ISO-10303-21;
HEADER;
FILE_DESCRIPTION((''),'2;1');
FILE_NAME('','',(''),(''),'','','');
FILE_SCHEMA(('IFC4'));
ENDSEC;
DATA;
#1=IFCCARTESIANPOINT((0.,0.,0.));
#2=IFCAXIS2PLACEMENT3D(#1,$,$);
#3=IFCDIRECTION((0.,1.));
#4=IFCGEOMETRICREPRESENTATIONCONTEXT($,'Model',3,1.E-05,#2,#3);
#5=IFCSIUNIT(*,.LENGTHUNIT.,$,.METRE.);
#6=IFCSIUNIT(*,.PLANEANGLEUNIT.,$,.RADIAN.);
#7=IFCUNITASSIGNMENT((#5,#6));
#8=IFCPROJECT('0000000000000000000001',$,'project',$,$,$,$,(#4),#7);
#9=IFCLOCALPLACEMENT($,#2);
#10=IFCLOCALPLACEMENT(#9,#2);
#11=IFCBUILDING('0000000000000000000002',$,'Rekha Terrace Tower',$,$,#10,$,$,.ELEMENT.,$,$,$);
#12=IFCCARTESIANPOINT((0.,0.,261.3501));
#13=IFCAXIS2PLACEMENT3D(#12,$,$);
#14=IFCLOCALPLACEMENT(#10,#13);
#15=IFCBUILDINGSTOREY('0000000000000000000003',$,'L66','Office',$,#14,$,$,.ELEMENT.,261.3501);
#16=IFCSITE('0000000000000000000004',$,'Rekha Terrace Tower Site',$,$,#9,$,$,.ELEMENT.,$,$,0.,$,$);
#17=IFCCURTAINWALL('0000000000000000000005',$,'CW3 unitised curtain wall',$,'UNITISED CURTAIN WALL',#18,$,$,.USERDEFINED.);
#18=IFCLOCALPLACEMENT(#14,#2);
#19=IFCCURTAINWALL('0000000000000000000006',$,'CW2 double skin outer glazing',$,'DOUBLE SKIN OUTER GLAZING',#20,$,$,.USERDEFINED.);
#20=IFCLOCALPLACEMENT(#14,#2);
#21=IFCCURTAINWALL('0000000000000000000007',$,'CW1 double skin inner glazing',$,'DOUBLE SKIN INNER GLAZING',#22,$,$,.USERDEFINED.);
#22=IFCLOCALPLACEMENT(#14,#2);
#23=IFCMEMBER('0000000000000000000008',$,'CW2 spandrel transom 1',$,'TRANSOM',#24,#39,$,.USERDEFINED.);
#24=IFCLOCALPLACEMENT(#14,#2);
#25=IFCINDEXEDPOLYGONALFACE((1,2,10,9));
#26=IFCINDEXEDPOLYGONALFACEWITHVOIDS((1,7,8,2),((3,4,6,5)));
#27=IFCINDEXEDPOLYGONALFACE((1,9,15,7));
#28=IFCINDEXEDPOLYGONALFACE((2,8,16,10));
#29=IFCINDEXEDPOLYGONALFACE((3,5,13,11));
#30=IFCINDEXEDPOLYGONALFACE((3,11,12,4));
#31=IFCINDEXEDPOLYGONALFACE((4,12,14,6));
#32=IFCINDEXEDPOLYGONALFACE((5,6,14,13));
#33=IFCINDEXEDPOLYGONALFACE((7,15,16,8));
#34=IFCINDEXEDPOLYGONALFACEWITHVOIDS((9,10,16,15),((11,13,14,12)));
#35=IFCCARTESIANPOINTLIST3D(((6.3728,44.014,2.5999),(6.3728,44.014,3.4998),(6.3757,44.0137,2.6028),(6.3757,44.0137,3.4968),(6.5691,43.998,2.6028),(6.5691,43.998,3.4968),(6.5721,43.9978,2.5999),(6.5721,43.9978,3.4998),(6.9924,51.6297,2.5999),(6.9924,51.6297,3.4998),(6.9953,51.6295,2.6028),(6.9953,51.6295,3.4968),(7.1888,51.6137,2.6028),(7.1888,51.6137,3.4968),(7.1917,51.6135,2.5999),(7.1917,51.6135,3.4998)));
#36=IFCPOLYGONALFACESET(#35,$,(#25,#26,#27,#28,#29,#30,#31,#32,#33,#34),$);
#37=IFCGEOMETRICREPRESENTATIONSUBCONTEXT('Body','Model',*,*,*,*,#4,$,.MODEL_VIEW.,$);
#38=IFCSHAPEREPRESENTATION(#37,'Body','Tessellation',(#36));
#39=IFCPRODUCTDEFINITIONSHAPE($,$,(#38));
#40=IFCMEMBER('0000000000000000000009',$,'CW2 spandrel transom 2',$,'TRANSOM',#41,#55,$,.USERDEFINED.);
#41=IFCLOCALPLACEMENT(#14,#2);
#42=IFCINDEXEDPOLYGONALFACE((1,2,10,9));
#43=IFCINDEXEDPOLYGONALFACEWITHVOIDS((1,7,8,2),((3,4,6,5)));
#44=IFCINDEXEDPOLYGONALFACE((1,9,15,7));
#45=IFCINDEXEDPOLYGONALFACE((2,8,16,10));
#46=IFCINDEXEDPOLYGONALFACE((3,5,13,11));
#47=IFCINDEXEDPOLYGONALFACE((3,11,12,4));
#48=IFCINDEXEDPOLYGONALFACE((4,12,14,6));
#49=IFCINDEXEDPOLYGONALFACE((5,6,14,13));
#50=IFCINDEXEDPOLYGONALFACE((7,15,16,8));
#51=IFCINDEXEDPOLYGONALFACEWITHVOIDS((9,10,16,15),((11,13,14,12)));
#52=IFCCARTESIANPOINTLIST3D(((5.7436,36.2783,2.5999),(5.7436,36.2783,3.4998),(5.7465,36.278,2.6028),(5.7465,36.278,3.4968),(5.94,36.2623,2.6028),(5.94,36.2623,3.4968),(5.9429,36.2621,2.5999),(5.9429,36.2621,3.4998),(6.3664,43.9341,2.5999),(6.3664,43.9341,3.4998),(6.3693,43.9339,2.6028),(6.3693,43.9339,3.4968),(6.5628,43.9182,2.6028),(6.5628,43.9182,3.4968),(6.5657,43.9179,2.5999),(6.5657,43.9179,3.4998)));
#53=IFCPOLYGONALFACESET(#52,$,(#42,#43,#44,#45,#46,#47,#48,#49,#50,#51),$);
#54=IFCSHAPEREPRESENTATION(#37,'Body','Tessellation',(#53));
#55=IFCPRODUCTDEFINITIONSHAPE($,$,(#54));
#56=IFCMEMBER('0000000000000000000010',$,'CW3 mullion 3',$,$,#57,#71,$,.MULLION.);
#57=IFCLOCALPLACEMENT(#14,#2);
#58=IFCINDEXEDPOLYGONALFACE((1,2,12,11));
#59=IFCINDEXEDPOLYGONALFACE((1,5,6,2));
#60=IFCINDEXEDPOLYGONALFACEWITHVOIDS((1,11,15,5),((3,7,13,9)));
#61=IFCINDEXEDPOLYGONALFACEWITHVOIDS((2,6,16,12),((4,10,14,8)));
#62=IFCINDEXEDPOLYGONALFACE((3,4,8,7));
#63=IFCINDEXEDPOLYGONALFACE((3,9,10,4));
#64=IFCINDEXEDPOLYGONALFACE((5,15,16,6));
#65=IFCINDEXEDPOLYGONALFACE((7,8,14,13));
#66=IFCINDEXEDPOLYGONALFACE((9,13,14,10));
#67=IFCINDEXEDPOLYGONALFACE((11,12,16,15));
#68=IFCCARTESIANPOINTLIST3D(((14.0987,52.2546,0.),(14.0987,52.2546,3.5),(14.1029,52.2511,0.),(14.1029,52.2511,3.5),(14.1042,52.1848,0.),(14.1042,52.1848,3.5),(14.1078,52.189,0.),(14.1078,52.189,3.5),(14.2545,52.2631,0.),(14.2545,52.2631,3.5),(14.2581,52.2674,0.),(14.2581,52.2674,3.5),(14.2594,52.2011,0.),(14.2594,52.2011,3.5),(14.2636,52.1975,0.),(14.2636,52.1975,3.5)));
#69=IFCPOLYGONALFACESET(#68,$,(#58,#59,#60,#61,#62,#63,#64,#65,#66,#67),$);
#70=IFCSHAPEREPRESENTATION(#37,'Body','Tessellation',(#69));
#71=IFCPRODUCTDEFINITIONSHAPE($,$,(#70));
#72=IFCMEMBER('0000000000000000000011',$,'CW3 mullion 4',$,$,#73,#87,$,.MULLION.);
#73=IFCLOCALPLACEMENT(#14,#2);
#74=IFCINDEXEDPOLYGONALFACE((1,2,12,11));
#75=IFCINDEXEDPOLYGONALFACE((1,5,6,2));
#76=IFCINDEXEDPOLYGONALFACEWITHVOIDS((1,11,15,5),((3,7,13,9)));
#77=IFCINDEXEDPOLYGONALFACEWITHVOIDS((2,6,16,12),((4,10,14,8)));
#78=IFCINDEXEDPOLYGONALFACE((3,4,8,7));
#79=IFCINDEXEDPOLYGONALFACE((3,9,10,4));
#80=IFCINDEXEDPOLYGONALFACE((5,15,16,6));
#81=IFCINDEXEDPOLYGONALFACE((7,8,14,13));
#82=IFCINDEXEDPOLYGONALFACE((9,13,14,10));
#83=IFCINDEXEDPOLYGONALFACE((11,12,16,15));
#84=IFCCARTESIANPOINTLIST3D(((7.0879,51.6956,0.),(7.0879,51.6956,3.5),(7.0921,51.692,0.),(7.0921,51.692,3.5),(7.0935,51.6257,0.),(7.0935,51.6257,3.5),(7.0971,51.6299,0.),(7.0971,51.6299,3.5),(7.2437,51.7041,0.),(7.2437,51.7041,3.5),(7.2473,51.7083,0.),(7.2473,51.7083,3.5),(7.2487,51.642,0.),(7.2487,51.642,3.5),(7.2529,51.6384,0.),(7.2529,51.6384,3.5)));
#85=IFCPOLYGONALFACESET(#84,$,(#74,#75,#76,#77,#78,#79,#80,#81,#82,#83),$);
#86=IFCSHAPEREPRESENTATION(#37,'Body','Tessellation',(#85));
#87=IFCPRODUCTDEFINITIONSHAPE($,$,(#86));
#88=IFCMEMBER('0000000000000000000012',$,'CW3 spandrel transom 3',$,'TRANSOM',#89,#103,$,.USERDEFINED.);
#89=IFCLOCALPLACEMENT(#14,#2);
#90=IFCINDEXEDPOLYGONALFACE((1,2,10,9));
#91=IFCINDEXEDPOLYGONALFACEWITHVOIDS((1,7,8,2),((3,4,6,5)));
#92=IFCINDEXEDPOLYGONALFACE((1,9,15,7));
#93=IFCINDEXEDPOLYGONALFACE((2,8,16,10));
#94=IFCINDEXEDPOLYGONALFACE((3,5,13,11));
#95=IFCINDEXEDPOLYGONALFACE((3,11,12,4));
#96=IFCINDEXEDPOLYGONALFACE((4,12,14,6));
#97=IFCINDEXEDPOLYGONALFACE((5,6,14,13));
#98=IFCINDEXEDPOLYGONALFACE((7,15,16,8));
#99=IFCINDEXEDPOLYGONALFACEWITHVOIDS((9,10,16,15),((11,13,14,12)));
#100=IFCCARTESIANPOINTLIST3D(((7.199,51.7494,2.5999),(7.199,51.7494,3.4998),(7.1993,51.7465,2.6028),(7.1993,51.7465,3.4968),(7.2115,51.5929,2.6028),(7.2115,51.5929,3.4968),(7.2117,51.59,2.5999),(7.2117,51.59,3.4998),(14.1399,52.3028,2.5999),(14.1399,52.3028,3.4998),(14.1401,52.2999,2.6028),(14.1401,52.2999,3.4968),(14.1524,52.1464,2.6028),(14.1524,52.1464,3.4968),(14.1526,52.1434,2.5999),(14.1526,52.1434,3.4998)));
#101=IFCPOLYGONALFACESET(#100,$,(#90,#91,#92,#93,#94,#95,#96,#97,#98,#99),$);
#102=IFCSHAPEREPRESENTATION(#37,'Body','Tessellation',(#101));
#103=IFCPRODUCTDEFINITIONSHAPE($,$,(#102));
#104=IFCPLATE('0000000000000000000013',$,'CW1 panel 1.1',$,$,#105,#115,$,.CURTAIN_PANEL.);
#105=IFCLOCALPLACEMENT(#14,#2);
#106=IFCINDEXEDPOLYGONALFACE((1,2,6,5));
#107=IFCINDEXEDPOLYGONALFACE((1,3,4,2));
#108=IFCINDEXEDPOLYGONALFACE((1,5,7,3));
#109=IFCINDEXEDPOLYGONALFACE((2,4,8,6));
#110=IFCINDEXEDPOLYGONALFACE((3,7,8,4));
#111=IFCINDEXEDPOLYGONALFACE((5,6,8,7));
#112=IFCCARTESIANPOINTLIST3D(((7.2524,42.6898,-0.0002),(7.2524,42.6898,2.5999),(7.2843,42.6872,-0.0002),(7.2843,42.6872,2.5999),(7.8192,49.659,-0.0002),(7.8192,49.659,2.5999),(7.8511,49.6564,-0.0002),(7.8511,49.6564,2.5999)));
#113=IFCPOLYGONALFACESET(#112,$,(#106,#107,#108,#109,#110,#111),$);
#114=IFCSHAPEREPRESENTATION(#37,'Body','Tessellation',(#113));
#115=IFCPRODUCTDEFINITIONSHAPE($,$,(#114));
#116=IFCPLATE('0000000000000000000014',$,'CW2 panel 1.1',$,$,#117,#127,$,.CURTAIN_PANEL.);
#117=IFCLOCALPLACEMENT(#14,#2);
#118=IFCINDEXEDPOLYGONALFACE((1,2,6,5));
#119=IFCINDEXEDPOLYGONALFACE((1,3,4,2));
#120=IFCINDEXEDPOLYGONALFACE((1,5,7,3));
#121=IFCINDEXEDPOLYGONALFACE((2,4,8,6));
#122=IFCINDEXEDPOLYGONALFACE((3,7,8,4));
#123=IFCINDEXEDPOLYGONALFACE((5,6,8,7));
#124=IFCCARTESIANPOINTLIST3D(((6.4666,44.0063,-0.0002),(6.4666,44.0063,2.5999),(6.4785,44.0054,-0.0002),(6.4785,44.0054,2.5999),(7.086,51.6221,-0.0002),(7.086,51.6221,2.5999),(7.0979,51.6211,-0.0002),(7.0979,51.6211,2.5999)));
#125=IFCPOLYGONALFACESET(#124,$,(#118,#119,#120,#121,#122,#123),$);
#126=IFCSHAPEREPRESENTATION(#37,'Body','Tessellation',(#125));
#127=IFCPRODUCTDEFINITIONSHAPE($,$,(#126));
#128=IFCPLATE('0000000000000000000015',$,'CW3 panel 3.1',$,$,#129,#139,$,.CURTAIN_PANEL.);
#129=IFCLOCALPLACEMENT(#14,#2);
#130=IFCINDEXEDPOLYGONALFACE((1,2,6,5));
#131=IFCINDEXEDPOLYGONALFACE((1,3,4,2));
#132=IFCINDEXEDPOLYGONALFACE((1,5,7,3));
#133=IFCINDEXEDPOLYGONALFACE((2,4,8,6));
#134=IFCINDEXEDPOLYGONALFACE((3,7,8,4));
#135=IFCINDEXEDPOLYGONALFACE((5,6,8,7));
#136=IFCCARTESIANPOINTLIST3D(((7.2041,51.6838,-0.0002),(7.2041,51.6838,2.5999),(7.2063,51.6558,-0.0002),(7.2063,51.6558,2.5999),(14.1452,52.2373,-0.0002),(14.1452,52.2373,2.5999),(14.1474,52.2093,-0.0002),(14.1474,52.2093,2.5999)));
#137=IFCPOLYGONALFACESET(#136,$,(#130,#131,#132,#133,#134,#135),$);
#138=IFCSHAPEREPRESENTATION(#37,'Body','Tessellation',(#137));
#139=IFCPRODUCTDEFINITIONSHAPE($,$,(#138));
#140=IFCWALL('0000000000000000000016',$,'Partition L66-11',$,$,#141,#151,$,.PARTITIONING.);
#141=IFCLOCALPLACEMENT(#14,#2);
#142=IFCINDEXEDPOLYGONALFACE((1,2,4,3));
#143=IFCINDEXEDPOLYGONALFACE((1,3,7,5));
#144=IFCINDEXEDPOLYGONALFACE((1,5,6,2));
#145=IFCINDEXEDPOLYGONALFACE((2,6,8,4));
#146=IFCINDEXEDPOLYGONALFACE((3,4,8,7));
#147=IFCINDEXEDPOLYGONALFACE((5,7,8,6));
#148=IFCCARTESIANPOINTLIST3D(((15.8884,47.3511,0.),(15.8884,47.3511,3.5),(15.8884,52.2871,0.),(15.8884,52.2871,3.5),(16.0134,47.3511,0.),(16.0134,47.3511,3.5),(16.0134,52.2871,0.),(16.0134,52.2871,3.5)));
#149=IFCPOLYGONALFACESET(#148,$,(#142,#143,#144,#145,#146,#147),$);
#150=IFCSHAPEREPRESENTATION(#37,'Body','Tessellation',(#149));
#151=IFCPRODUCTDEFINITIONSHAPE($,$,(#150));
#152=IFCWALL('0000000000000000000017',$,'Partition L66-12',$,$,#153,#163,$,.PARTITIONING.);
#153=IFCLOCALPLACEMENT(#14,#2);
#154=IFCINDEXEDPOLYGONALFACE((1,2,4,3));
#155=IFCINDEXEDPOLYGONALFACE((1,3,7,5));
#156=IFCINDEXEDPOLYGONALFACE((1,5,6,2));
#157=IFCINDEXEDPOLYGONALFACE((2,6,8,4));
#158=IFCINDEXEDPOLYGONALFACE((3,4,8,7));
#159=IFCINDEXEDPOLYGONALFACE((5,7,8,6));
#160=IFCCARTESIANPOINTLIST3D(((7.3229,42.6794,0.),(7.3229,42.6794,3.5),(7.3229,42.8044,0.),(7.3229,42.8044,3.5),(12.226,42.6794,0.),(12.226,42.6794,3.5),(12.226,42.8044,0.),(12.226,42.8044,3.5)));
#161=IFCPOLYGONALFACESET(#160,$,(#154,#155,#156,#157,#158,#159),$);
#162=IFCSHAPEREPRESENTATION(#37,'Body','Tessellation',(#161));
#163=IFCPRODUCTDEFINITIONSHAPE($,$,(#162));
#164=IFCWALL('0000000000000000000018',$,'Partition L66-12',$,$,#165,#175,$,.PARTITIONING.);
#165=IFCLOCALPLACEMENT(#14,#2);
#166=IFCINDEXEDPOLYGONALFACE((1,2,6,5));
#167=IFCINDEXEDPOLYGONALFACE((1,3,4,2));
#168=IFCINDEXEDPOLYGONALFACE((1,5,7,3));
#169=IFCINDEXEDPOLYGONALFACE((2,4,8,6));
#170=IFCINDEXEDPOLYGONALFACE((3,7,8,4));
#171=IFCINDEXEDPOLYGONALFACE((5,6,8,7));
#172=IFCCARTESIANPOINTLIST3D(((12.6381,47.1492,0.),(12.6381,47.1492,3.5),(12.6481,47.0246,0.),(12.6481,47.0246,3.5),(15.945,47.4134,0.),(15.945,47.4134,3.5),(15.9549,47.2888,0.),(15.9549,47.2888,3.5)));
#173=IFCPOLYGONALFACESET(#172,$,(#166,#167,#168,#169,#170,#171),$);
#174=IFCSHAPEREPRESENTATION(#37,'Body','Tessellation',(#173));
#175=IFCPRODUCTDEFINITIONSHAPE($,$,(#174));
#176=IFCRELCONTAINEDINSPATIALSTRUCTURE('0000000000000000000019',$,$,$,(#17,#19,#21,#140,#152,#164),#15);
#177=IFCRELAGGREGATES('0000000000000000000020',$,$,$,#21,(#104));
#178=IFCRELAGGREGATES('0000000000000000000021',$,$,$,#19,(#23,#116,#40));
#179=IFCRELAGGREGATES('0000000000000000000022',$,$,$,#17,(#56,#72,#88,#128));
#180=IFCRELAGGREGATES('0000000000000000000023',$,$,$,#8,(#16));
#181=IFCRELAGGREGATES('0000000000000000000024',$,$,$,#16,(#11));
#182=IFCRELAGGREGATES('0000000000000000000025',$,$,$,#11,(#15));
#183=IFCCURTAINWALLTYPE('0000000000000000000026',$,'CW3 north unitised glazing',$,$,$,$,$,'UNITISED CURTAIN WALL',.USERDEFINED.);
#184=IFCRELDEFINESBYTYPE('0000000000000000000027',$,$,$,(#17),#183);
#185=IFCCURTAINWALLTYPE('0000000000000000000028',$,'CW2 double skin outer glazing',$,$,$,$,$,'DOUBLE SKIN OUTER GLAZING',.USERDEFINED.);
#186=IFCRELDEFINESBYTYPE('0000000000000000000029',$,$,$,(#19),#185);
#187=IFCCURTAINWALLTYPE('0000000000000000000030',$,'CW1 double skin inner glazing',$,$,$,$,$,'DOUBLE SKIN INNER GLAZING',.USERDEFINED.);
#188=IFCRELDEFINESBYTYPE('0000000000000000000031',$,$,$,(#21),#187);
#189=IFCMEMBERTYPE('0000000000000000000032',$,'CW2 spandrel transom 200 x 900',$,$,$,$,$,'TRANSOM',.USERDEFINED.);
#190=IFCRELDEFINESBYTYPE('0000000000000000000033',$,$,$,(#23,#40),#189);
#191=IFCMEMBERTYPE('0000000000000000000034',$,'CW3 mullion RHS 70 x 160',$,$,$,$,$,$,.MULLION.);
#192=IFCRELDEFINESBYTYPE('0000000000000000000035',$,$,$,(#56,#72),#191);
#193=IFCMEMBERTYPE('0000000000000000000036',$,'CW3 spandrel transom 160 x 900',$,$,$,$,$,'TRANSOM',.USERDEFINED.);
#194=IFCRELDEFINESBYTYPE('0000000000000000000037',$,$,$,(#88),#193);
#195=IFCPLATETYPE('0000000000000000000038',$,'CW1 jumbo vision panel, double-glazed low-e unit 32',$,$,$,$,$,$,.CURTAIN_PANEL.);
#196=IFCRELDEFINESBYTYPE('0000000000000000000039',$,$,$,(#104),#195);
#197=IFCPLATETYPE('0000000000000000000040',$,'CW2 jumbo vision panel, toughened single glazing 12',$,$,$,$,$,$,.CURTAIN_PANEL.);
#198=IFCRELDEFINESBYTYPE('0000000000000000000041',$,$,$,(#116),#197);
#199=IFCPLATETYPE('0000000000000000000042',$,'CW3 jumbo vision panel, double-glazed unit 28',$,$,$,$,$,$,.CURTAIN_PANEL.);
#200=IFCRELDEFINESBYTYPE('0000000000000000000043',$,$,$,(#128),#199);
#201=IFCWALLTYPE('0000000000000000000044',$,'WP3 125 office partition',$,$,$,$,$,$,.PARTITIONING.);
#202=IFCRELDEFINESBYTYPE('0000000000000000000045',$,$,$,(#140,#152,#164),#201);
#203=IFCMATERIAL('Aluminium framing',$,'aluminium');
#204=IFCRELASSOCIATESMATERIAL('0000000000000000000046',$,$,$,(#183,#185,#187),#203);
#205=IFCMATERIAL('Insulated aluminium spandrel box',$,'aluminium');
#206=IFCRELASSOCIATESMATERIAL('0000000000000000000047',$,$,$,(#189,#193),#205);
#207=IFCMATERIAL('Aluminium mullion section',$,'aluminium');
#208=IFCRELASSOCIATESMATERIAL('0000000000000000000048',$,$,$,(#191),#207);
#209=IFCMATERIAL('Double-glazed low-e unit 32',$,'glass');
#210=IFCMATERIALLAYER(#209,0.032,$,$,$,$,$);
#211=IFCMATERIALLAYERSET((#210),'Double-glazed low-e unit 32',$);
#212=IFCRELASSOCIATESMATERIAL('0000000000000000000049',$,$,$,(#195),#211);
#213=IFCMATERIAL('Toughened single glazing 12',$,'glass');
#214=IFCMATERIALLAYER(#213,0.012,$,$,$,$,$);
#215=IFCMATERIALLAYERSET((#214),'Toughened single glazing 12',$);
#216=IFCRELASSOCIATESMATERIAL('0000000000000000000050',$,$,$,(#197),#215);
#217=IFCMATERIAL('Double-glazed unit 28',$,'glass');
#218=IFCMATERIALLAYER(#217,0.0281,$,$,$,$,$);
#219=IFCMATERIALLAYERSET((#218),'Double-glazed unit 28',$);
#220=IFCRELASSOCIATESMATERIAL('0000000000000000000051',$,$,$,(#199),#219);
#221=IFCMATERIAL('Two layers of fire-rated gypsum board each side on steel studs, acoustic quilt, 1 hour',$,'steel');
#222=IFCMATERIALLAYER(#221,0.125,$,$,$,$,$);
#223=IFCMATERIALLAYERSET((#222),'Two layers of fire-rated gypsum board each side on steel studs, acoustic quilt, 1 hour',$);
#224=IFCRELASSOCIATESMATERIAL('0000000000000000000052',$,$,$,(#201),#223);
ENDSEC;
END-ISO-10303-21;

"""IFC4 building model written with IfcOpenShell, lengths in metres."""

from ifc_helpers import new_model, si_unit, direction, frame, frame_2d, origin, origin_2d, place, context, subcontext, project, spatial, rectangle, hollow_rectangle, extrude, material, layer, layer_set, material_profile, profile_set, type_object, element, aggregate, save


model = new_model("IFC4")

# Units and contexts
model_context = context("Model", 3, precision=1e-05, world=origin(), true_north=direction((0.0, 1.0)))
body_context = subcontext(model_context, "Body", "Model", "MODEL_VIEW")
ifc_project = project(units=[si_unit("LENGTHUNIT", "METRE"), si_unit("PLANEANGLEUNIT", "RADIAN")], contexts=[model_context])

# Site, building, storey
site_placement = place(None, origin())
site = spatial("IfcSite", under=ifc_project, at=site_placement, Name="Rekha Terrace Tower Site", CompositionType="ELEMENT", RefElevation=0.0)
building_placement = place(site_placement, origin())
building = spatial("IfcBuilding", under=site, at=building_placement, Name="Rekha Terrace Tower", CompositionType="ELEMENT")
storey_placement = place(building_placement, frame((0.0, 0.0, 261.3501)))
storey = spatial("IfcBuildingStorey", under=building, at=storey_placement, Name="L66", Description="Office", CompositionType="ELEMENT", Elevation=261.3501)

# Curtain walls
ifc_material_1 = material(Name="Aluminium framing", Category="aluminium")
curtain_wall_type_1 = type_object("IfcCurtainWallType", Name="CW3 north unitised glazing", ElementType="UNITISED CURTAIN WALL", PredefinedType="USERDEFINED", material=ifc_material_1)
curtain_wall_1_placement = place(storey_placement, origin())
curtain_wall_1 = element("IfcCurtainWall", 1, at=curtain_wall_1_placement, inside=storey, type_object=curtain_wall_type_1, Name="CW3 unitised curtain wall", ObjectType="UNITISED CURTAIN WALL", PredefinedType="USERDEFINED")
curtain_wall_type_2 = type_object("IfcCurtainWallType", Name="CW2 double skin outer glazing", ElementType="DOUBLE SKIN OUTER GLAZING", PredefinedType="USERDEFINED", material=ifc_material_1)
curtain_wall_2_placement = place(storey_placement, origin())
curtain_wall_2 = element("IfcCurtainWall", 2, at=curtain_wall_2_placement, inside=storey, type_object=curtain_wall_type_2, Name="CW2 double skin outer glazing", ObjectType="DOUBLE SKIN OUTER GLAZING", PredefinedType="USERDEFINED")

# Curtain wall
curtain_wall_type_3 = type_object("IfcCurtainWallType", Name="CW1 double skin inner glazing", ElementType="DOUBLE SKIN INNER GLAZING", PredefinedType="USERDEFINED", material=ifc_material_1)
curtain_wall_3_placement = place(storey_placement, origin())
curtain_wall_3 = element("IfcCurtainWall", 3, at=curtain_wall_3_placement, inside=storey, type_object=curtain_wall_type_3, Name="CW1 double skin inner glazing", ObjectType="DOUBLE SKIN INNER GLAZING", PredefinedType="USERDEFINED")
ifc_material_2 = material(Name="Aluminium mullion section", Category="aluminium")
ifc_material_3 = material(Name="Insulated aluminium spandrel box", Category="aluminium")

# Members
ifc_material_profile_1 = material_profile(ifc_material_3, hollow_rectangle(XDim=0.2, YDim=0.8999, WallThickness=0.0029, at=origin_2d()), Name="AL SPANDREL BOX 200x900")
ifc_profile_set_1 = profile_set([ifc_material_profile_1], Name="Insulated aluminium spandrel box")
member_type_1 = type_object("IfcMemberType", Name="CW2 spandrel transom 200 x 900", ElementType="TRANSOM", PredefinedType="USERDEFINED", material=ifc_profile_set_1)
member_1_placement = place(storey_placement, frame((7.092, 51.6216, 3.0498), z_axis=(-0.081094, -0.996706, 0.0), x_axis=(0.996706, -0.081094, 0.0)))
member_1 = element("IfcMember", 4, at=member_1_placement, type_object=member_type_1, Name="CW2 spandrel transom 1", ObjectType="TRANSOM", PredefinedType="USERDEFINED", context=body_context, shape_type="SweptSolid", body=[
    extrude(hollow_rectangle(XDim=0.2, YDim=0.8999, WallThickness=0.0029, at=origin_2d()), origin(), (0.0, 0.0, 1.0), 7.6409),
])
member_2_placement = place(storey_placement, frame((6.4661, 43.926, 3.0498), z_axis=(-0.081083, -0.996707, 0.0), x_axis=(0.996707, -0.081083, 0.0)))
member_2 = element("IfcMember", 5, at=member_2_placement, type_object=member_type_1, Name="CW2 spandrel transom 2", ObjectType="TRANSOM", PredefinedType="USERDEFINED", context=body_context, shape_type="SweptSolid", body=[
    extrude(hollow_rectangle(XDim=0.2, YDim=0.8999, WallThickness=0.0029, at=origin_2d()), origin(), (0.0, 0.0, 1.0), 7.6812),
])
ifc_material_profile_2 = material_profile(ifc_material_2, hollow_rectangle(XDim=0.0701, YDim=0.1599, WallThickness=0.0039, at=origin_2d()), Name="AL RHS 70x160")
ifc_profile_set_2 = profile_set([ifc_material_profile_2], Name="Aluminium mullion section")
member_type_2 = type_object("IfcMemberType", Name="CW3 mullion RHS 70 x 160", PredefinedType="MULLION", material=ifc_profile_set_2)
member_3_placement = place(storey_placement, frame((14.1812, 52.2261, 0.0), z_axis=(0.0, 0.0, 1.0), x_axis=(0.079485, -0.996836, 0.0)))
member_3 = element("IfcMember", 6, at=member_3_placement, type_object=member_type_2, Name="CW3 mullion 3", PredefinedType="MULLION", context=body_context, shape_type="SweptSolid", body=[
    extrude(hollow_rectangle(XDim=0.0701, YDim=0.1599, WallThickness=0.0039, at=origin_2d()), origin(), (0.0, 0.0, 1.0), 3.5),
])
member_4_placement = place(storey_placement, frame((7.1704, 51.667, 0.0), z_axis=(0.0, 0.0, 1.0), x_axis=(0.079485, -0.996836, 0.0)))
member_4 = element("IfcMember", 7, at=member_4_placement, type_object=member_type_2, Name="CW3 mullion 4", PredefinedType="MULLION", context=body_context, shape_type="SweptSolid", body=[
    extrude(hollow_rectangle(XDim=0.0701, YDim=0.1599, WallThickness=0.0039, at=origin_2d()), origin(), (0.0, 0.0, 1.0), 3.5),
])
ifc_material_profile_3 = material_profile(ifc_material_3, hollow_rectangle(XDim=0.1599, YDim=0.8999, WallThickness=0.0029, at=origin_2d()), Name="AL SPANDREL BOX 160x900")
ifc_profile_set_3 = profile_set([ifc_material_profile_3], Name="Insulated aluminium spandrel box")
member_type_3 = type_object("IfcMemberType", Name="CW3 spandrel transom 160 x 900", ElementType="TRANSOM", PredefinedType="USERDEFINED", material=ifc_profile_set_3)
member_5_placement = place(storey_placement, frame((14.1462, 52.2231, 3.0498), z_axis=(-0.996836, -0.079487, 0.0), x_axis=(0.079487, -0.996836, 0.0)))
member_5 = element("IfcMember", 8, at=member_5_placement, type_object=member_type_3, Name="CW3 spandrel transom 3", ObjectType="TRANSOM", PredefinedType="USERDEFINED", context=body_context, shape_type="SweptSolid", body=[
    extrude(hollow_rectangle(XDim=0.1599, YDim=0.8999, WallThickness=0.0029, at=origin_2d()), origin(), (0.0, 0.0, 1.0), 6.9629),
])

# Plates
ifc_material_4 = material(Name="Double-glazed low-e unit 32", Category="glass")
ifc_layer_1 = layer(ifc_material_4, 0.032)
ifc_layer_set_1 = layer_set([ifc_layer_1], Name="Double-glazed low-e unit 32")
plate_type_1 = type_object("IfcPlateType", Name="CW1 jumbo vision panel, double-glazed low-e unit 32", PredefinedType="CURTAIN_PANEL", material=ifc_layer_set_1)
plate_1_placement = place(storey_placement, frame((7.5518, 46.1731, -0.0002), z_axis=(0.0, 0.0, 1.0), x_axis=(-0.081068, -0.996709, 0.0)))
plate_1 = element("IfcPlate", 9, at=plate_1_placement, type_object=plate_type_1, Name="CW1 panel 1.1", PredefinedType="CURTAIN_PANEL", context=body_context, shape_type="SweptSolid", body=[
    extrude(rectangle(XDim=6.9922, YDim=0.032, at=origin_2d()), origin(), (0.0, 0.0, 1.0), 2.6001),
])
aggregate(curtain_wall_3, [plate_1])
ifc_material_5 = material(Name="Toughened single glazing 12", Category="glass")
ifc_layer_2 = layer(ifc_material_5, 0.012)
ifc_layer_set_2 = layer_set([ifc_layer_2], Name="Toughened single glazing 12")
plate_type_2 = type_object("IfcPlateType", Name="CW2 jumbo vision panel, toughened single glazing 12", PredefinedType="CURTAIN_PANEL", material=ifc_layer_set_2)
plate_2_placement = place(storey_placement, frame((6.7822, 47.8137, -0.0002), z_axis=(0.0, 0.0, 1.0), x_axis=(-0.081068, -0.996709, 0.0)))
plate_2 = element("IfcPlate", 10, at=plate_2_placement, type_object=plate_type_2, Name="CW2 panel 1.1", PredefinedType="CURTAIN_PANEL", context=body_context, shape_type="SweptSolid", body=[
    extrude(rectangle(XDim=7.6409, YDim=0.012, at=origin_2d()), origin(), (0.0, 0.0, 1.0), 2.6001),
])
aggregate(curtain_wall_2, [member_1, plate_2, member_2])
ifc_material_6 = material(Name="Double-glazed unit 28", Category="glass")
ifc_layer_3 = layer(ifc_material_6, 0.0281)
ifc_layer_set_3 = layer_set([ifc_layer_3], Name="Double-glazed unit 28")
plate_type_3 = type_object("IfcPlateType", Name="CW3 jumbo vision panel, double-glazed unit 28", PredefinedType="CURTAIN_PANEL", material=ifc_layer_set_3)
plate_3_placement = place(storey_placement, frame((10.6758, 51.9465, -0.0002), z_axis=(0.0, 0.0, 1.0), x_axis=(-0.996836, -0.079485, 0.0)))
plate_3 = element("IfcPlate", 11, at=plate_3_placement, type_object=plate_type_3, Name="CW3 panel 3.1", PredefinedType="CURTAIN_PANEL", context=body_context, shape_type="SweptSolid", body=[
    extrude(rectangle(XDim=6.9631, YDim=0.0281, at=origin_2d()), origin(), (0.0, 0.0, 1.0), 2.6001),
])
aggregate(curtain_wall_1, [member_3, member_4, member_5, plate_3])

# Walls
ifc_material_7 = material(Name="Two layers of fire-rated gypsum board each side on steel studs, acoustic quilt, 1 hour", Category="steel")
ifc_layer_4 = layer(ifc_material_7, 0.125)
ifc_layer_set_4 = layer_set([ifc_layer_4], Name="Two layers of fire-rated gypsum board each side on steel studs, acoustic quilt, 1 hour")
wall_type = type_object("IfcWallType", Name="WP3 125 office partition", PredefinedType="PARTITIONING", material=ifc_layer_set_4)
wall_1_placement = place(storey_placement, frame((15.9509, 47.3511, 0.0), z_axis=(0.0, 0.0, 1.0), x_axis=(0.0, 1.0, 0.0)))
element("IfcWall", 12, at=wall_1_placement, inside=storey, type_object=wall_type, Name="Partition L66-11", PredefinedType="PARTITIONING", context=body_context, shape_type="SweptSolid", body=[
    extrude(rectangle(XDim=4.936, YDim=0.125, at=frame_2d((2.468, 0.0))), origin(), (0.0, 0.0, 1.0), 3.5),
])
wall_2_placement = place(storey_placement, frame((12.2261, 42.7419, 0.0), z_axis=(0.0, 0.0, 1.0), x_axis=(-1.0, 0.0, 0.0)))
element("IfcWall", 13, at=wall_2_placement, inside=storey, type_object=wall_type, Name="Partition L66-12", PredefinedType="PARTITIONING", context=body_context, shape_type="SweptSolid", body=[
    extrude(rectangle(XDim=4.9031, YDim=0.125, at=frame_2d((2.4517, 0.0))), origin(), (0.0, 0.0, 1.0), 3.5),
])
wall_3_placement = place(storey_placement, frame((15.95, 47.3511, 0.0), z_axis=(0.0, 0.0, 1.0), x_axis=(-0.996825, -0.079628, 0.0)))
element("IfcWall", 14, at=wall_3_placement, inside=storey, type_object=wall_type, Name="Partition L66-12", PredefinedType="PARTITIONING", context=body_context, shape_type="SweptSolid", body=[
    extrude(rectangle(XDim=3.3174, YDim=0.125, at=frame_2d((1.6587, 0.0))), origin(), (0.0, 0.0, 1.0), 3.5),
])

save(model, "model.ifc")
